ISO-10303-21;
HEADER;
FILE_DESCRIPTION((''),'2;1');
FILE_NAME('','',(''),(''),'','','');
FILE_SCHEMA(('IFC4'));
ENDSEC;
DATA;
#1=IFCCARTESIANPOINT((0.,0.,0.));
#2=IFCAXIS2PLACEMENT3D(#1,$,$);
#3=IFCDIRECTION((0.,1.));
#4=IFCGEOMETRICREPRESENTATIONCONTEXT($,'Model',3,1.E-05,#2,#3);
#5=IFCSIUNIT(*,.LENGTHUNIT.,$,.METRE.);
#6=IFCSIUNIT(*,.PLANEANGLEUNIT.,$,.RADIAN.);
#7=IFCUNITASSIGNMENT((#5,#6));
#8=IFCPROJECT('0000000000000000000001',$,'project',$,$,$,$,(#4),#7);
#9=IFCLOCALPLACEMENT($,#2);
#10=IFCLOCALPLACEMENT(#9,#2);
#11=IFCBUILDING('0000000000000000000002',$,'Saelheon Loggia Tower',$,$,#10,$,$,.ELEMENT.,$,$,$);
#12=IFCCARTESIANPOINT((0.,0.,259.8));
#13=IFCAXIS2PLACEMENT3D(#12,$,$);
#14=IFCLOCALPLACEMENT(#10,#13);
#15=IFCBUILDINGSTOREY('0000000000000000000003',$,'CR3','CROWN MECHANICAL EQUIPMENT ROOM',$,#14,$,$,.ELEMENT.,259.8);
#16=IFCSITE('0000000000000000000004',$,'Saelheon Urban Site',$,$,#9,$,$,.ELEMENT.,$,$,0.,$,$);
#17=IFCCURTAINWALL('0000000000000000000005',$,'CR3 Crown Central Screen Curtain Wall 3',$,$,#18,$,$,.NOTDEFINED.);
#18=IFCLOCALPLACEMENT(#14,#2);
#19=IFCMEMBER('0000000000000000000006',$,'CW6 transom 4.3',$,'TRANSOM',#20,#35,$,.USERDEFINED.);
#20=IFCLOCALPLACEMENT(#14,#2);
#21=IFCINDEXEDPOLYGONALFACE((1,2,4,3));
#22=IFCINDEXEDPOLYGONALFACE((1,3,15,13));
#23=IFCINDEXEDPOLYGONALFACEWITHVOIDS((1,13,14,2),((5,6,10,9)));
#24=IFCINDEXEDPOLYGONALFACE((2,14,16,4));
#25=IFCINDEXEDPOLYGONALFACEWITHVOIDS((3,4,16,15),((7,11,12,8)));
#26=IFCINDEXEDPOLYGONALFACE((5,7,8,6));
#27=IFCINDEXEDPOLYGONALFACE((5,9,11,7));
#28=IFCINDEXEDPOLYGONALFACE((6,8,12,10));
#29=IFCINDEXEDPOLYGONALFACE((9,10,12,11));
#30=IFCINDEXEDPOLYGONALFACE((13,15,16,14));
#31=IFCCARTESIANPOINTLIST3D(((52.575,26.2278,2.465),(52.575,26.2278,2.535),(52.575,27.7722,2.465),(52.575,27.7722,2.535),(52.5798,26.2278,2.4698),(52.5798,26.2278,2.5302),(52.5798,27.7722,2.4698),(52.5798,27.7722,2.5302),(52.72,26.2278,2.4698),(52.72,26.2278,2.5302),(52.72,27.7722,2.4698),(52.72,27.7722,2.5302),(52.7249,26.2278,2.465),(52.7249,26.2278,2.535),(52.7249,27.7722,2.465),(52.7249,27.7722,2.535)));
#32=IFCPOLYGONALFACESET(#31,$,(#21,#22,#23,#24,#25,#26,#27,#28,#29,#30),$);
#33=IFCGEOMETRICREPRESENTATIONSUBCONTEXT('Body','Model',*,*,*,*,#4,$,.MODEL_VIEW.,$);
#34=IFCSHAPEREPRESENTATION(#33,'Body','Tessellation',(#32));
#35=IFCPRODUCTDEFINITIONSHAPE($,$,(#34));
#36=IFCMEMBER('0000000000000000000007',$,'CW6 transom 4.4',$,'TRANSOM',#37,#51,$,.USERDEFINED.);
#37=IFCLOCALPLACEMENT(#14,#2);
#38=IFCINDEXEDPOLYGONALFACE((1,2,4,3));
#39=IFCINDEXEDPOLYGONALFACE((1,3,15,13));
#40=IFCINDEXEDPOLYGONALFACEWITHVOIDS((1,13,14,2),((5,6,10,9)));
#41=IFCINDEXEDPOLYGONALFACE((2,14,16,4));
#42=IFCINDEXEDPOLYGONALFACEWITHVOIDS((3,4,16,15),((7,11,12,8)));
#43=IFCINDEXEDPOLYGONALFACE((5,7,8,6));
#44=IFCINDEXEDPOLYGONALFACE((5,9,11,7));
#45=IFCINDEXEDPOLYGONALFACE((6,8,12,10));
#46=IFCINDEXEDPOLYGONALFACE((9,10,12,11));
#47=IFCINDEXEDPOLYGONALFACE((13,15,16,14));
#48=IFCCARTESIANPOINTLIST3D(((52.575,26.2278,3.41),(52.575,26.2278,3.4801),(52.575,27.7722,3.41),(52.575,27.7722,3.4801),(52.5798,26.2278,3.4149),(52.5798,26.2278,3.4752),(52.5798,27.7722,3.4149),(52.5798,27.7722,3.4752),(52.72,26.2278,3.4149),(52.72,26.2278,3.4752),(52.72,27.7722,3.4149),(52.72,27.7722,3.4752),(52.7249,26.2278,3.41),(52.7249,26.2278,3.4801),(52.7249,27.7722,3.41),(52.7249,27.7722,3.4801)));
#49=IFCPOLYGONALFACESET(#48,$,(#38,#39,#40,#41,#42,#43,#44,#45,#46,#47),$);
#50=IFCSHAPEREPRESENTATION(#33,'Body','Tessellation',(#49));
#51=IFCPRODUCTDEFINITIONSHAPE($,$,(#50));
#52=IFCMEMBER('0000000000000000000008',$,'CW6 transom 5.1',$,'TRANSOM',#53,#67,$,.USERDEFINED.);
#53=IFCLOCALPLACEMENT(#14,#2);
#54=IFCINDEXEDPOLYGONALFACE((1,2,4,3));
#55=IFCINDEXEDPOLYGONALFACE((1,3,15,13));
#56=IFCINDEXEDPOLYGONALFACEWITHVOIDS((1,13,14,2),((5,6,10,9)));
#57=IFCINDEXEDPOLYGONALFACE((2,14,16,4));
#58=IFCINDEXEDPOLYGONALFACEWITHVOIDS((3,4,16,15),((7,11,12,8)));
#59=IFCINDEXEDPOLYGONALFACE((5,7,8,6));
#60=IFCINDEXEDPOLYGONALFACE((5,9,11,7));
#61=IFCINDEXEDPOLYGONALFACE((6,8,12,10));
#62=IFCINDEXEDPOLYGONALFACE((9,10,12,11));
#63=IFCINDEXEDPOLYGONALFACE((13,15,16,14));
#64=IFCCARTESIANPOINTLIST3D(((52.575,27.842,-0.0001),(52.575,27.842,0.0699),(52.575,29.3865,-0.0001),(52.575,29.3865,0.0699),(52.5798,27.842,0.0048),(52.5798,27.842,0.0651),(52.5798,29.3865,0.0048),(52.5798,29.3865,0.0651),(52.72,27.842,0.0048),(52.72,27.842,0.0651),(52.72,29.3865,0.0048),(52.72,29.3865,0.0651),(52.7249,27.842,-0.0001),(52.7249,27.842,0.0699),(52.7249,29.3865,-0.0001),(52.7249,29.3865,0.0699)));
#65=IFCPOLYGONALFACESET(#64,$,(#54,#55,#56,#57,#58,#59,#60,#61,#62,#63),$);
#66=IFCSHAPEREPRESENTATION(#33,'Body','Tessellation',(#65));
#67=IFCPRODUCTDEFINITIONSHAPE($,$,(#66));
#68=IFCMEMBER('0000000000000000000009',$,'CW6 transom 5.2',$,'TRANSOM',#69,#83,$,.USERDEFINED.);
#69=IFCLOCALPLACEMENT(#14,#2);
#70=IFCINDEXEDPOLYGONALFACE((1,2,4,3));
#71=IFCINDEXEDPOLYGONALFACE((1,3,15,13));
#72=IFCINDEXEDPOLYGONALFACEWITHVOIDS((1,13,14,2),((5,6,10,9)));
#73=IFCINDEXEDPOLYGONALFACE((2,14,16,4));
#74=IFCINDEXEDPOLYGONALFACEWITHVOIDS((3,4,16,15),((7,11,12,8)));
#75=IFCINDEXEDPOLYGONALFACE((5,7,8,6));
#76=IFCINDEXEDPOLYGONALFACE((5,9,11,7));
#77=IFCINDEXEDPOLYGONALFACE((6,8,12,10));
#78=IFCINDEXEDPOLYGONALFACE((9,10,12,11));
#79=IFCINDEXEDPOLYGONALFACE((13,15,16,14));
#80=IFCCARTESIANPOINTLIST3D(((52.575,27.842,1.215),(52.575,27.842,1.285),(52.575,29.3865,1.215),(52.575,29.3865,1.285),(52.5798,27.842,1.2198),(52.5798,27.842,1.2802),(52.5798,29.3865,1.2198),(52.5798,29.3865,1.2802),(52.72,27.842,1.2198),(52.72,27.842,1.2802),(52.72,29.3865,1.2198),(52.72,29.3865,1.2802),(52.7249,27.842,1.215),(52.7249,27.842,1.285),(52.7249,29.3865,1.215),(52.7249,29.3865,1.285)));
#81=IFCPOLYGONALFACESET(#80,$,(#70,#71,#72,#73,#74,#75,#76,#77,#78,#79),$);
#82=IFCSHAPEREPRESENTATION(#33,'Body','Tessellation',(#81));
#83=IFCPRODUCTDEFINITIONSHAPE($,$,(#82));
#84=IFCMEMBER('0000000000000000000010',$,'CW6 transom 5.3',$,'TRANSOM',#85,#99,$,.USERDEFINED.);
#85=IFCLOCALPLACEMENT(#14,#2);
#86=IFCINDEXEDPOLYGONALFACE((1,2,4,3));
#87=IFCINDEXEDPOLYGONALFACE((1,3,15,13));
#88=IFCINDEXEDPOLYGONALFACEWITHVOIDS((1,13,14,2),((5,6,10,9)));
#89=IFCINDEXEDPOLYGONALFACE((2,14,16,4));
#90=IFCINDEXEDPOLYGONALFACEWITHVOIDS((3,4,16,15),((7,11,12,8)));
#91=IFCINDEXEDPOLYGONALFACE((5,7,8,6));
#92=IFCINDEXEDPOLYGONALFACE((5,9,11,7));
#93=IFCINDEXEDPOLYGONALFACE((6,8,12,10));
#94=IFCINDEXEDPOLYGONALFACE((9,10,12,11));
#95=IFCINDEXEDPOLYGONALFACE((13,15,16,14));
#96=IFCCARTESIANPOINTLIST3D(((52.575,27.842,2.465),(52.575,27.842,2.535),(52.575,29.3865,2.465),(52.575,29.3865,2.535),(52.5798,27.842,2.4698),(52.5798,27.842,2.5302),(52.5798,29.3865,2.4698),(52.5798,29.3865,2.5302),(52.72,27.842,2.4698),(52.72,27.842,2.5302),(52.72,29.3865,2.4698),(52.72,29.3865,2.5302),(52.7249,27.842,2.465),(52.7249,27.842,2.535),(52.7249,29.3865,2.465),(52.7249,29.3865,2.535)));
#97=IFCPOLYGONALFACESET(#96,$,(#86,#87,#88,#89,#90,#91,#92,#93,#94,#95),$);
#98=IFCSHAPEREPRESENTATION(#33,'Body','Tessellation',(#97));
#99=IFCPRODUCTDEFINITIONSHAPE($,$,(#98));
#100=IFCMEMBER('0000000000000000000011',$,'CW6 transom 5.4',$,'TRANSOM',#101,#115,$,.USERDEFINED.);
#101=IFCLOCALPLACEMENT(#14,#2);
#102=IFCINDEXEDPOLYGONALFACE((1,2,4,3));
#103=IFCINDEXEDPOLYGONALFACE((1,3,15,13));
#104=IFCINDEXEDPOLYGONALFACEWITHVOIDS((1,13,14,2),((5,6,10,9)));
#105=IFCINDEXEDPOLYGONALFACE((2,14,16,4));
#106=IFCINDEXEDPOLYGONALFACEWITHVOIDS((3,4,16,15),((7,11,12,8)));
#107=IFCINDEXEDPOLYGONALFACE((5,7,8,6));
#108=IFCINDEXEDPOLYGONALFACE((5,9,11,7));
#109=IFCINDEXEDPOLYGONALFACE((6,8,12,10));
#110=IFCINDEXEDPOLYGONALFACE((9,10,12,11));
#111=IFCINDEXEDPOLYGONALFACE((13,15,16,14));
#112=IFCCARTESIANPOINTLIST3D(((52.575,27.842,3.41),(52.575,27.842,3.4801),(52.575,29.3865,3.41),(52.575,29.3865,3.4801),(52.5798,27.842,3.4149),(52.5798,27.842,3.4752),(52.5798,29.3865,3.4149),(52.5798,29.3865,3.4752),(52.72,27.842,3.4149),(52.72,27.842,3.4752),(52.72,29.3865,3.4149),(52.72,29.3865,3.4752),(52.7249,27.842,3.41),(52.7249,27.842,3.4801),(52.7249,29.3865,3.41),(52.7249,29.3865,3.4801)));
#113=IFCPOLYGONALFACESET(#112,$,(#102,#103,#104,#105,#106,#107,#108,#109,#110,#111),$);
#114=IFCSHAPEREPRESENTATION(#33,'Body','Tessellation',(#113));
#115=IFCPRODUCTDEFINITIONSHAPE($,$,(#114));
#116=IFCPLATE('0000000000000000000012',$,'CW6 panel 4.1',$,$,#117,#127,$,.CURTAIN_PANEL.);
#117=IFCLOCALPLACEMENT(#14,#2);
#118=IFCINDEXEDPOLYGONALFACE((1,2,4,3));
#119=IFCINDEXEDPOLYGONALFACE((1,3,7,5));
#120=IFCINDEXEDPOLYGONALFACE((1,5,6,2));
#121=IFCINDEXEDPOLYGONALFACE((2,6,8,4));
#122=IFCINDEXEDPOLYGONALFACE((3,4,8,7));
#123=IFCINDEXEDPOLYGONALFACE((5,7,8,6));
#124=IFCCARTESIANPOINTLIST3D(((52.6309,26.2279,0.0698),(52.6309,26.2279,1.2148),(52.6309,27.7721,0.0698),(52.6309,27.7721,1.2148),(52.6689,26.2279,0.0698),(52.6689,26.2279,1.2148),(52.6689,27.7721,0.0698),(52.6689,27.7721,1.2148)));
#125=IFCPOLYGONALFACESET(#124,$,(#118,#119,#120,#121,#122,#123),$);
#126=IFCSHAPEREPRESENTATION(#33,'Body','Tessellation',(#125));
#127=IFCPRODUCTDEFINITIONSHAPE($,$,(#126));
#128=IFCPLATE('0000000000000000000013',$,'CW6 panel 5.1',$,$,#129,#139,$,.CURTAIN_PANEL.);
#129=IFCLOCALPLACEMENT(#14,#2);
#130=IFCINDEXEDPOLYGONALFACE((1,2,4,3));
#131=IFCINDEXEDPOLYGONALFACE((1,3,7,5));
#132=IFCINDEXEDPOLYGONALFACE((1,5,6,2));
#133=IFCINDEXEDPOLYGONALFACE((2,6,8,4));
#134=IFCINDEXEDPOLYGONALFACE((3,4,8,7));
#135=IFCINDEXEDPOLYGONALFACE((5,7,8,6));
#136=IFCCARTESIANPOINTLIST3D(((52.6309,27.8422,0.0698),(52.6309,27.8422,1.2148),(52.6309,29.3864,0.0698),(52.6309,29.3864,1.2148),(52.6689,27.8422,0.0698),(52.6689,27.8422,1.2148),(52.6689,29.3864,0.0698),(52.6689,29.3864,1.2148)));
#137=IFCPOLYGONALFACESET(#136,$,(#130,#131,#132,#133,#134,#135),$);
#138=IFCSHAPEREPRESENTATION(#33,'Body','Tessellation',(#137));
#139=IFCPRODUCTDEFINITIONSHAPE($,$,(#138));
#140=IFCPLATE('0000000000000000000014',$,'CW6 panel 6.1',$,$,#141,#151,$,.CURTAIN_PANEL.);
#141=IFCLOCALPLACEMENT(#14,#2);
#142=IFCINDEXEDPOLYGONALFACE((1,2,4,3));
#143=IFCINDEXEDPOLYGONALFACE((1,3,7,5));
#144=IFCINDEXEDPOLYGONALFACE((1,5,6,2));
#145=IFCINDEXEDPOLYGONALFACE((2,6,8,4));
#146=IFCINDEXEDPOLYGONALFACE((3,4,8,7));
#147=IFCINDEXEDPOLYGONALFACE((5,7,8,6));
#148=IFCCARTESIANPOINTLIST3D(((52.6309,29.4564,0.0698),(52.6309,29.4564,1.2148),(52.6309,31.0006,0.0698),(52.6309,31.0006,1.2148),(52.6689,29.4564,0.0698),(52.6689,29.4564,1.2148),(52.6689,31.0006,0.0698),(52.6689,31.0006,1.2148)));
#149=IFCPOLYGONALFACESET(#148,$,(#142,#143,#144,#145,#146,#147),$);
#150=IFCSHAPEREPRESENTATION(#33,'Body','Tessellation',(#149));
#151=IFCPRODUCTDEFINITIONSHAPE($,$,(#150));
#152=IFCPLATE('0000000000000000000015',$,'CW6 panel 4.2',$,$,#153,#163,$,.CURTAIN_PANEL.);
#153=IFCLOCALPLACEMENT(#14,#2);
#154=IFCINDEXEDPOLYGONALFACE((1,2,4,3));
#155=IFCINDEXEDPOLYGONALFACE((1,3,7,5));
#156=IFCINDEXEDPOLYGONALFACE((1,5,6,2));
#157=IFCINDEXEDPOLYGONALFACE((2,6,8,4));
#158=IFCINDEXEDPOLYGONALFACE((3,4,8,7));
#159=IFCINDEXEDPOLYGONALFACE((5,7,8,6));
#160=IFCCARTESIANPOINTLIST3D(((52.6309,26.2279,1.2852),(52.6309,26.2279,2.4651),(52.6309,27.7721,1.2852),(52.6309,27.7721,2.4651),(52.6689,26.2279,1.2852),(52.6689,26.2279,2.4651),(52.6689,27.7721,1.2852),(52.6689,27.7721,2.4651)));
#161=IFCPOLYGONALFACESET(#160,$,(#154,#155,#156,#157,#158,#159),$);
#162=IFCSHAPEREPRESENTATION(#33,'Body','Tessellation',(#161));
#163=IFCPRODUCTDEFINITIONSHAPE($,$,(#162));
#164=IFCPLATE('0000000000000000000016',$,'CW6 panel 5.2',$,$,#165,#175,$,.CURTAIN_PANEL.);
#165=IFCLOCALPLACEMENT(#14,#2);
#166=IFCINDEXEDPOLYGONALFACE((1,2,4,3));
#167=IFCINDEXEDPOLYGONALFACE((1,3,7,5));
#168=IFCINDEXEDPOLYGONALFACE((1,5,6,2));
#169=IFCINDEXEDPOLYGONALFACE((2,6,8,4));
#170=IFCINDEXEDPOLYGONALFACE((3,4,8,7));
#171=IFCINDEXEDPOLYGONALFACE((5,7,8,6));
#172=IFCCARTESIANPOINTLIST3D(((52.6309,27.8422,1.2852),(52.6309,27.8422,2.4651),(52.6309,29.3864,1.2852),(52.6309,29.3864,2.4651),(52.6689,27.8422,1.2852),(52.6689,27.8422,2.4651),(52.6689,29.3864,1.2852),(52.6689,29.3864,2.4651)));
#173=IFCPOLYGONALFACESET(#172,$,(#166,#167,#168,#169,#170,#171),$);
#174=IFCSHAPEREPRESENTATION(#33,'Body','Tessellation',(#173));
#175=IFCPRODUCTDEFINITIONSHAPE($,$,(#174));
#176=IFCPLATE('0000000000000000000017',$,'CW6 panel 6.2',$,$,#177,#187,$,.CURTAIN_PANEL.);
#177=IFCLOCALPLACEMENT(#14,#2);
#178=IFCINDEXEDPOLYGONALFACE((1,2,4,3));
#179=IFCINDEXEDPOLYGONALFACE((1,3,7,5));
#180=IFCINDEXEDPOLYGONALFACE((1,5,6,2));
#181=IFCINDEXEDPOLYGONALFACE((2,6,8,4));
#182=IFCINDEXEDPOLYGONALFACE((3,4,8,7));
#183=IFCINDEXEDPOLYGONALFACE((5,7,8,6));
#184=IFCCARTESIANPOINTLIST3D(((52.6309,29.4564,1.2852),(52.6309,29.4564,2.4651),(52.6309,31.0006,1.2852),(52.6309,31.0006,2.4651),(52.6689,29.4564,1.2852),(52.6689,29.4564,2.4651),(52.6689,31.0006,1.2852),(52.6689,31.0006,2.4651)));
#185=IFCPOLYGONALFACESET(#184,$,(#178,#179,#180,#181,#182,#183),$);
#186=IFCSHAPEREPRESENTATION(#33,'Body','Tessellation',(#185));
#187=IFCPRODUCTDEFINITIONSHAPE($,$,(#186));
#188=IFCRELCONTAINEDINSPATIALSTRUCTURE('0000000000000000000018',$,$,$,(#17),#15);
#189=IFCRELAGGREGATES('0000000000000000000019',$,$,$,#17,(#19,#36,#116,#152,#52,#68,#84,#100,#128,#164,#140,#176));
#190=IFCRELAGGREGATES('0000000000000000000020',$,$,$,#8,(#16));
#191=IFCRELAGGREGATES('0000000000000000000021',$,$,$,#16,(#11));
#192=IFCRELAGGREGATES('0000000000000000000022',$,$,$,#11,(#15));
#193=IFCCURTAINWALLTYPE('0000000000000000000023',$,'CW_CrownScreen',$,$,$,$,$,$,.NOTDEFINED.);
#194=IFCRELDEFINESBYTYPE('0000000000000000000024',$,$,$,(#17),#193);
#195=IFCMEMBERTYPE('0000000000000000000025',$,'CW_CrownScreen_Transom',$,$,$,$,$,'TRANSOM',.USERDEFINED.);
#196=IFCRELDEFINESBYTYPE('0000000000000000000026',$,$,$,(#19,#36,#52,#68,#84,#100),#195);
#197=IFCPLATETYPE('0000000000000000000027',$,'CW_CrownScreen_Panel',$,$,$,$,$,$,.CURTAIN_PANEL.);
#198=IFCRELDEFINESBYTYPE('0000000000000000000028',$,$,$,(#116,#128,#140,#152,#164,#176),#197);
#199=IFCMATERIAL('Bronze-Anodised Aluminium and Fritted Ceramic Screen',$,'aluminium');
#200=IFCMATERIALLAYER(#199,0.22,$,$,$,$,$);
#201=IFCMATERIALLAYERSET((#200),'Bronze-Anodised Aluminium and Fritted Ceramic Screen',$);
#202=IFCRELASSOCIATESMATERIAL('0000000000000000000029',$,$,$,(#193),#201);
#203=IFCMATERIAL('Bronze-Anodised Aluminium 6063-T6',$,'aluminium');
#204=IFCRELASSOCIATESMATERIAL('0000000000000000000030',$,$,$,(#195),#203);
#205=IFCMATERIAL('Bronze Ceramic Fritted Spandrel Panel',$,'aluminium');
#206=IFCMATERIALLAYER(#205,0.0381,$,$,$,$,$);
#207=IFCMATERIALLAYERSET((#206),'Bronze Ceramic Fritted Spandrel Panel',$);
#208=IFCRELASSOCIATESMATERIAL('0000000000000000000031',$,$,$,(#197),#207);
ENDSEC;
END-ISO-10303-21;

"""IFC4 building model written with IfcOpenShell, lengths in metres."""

from ifc_helpers import new_model, si_unit, direction, frame, origin, origin_2d, place, context, subcontext, project, spatial, rectangle, hollow_rectangle, extrude, source, transform, mapped, material, layer, layer_set, material_profile, profile_set, type_object, element, aggregate, save


model = new_model("IFC4")

# Units and contexts
model_context = context("Model", 3, precision=1e-05, world=origin(), true_north=direction((0.0, 1.0)))
body_context = subcontext(model_context, "Body", "Model", "MODEL_VIEW")
ifc_project = project(units=[si_unit("LENGTHUNIT", "METRE"), si_unit("PLANEANGLEUNIT", "RADIAN")], contexts=[model_context])

# Site, building, storey
site_placement = place(None, origin())
site = spatial("IfcSite", under=ifc_project, at=site_placement, Name="Saelheon Urban Site", CompositionType="ELEMENT", RefElevation=0.0)
building_placement = place(site_placement, origin())
building = spatial("IfcBuilding", under=site, at=building_placement, Name="Saelheon Loggia Tower", CompositionType="ELEMENT")
storey_placement = place(building_placement, frame((0.0, 0.0, 259.8)))
storey = spatial("IfcBuildingStorey", under=building, at=storey_placement, Name="CR3", Description="CROWN MECHANICAL EQUIPMENT ROOM", CompositionType="ELEMENT", Elevation=259.8)

# Curtain wall, members, plates
ifc_material_1 = material(Name="Bronze-Anodised Aluminium and Fritted Ceramic Screen", Category="aluminium")
ifc_layer_1 = layer(ifc_material_1, 0.22)
ifc_layer_set_1 = layer_set([ifc_layer_1], Name="Bronze-Anodised Aluminium and Fritted Ceramic Screen")
curtain_wall_type = type_object("IfcCurtainWallType", Name="CW_CrownScreen", PredefinedType="NOTDEFINED", material=ifc_layer_set_1)
curtain_wall_placement = place(storey_placement, origin())
curtain_wall = element("IfcCurtainWall", 1, at=curtain_wall_placement, inside=storey, type_object=curtain_wall_type, Name="CR3 Crown Central Screen Curtain Wall 3", PredefinedType="NOTDEFINED")
ifc_material_2 = material(Name="Bronze-Anodised Aluminium 6063-T6", Category="aluminium")
ifc_material_profile_1 = material_profile(ifc_material_2, hollow_rectangle(XDim=0.0701, YDim=0.1499, WallThickness=0.0049, at=origin_2d()), Name="RHS-150x70x5")
ifc_profile_set_1 = profile_set([ifc_material_profile_1], Name="Bronze-Anodised Aluminium 6063-T6")
member_type_1 = type_object("IfcMemberType", Name="CW_CrownScreen_Transom", ElementType="TRANSOM", PredefinedType="USERDEFINED", material=ifc_profile_set_1)
shared_shape_1 = source(origin(), body_context, "Body", "SweptSolid", [
    extrude(hollow_rectangle(XDim=0.0701, YDim=0.1499, WallThickness=0.0049, at=origin_2d()), origin(), (0.0, 0.0, 1.0), 1.5444),
])
member_1_placement = place(storey_placement, frame((52.6499, 26.2278, 2.5), z_axis=(0.0, 1.0, 0.0), x_axis=(0.0, 0.0, 1.0)))
member_1 = element("IfcMember", 2, at=member_1_placement, type_object=member_type_1, Name="CW6 transom 4.3", ObjectType="TRANSOM", PredefinedType="USERDEFINED", context=body_context, shape_type="MappedRepresentation", body=[
    mapped(shared_shape_1, transform((0.0, 0.0, 0.0), scale=1.0)),
])
member_2_placement = place(storey_placement, frame((52.6499, 26.2278, 3.4451), z_axis=(0.0, 1.0, 0.0), x_axis=(0.0, 0.0, 1.0)))
member_2 = element("IfcMember", 3, at=member_2_placement, type_object=member_type_1, Name="CW6 transom 4.4", ObjectType="TRANSOM", PredefinedType="USERDEFINED", context=body_context, shape_type="MappedRepresentation", body=[
    mapped(shared_shape_1, transform((0.0, 0.0, 0.0), scale=1.0)),
])
member_3_placement = place(storey_placement, frame((52.6499, 27.842, 0.0349), z_axis=(0.0, 1.0, 0.0), x_axis=(0.0, 0.0, 1.0)))
member_3 = element("IfcMember", 4, at=member_3_placement, type_object=member_type_1, Name="CW6 transom 5.1", ObjectType="TRANSOM", PredefinedType="USERDEFINED", context=body_context, shape_type="MappedRepresentation", body=[
    mapped(shared_shape_1, transform((0.0, 0.0, 0.0), scale=1.0)),
])
member_4_placement = place(storey_placement, frame((52.6499, 27.842, 1.25), z_axis=(0.0, 1.0, 0.0), x_axis=(0.0, 0.0, 1.0)))
member_4 = element("IfcMember", 5, at=member_4_placement, type_object=member_type_1, Name="CW6 transom 5.2", ObjectType="TRANSOM", PredefinedType="USERDEFINED", context=body_context, shape_type="MappedRepresentation", body=[
    mapped(shared_shape_1, transform((0.0, 0.0, 0.0), scale=1.0)),
])
member_5_placement = place(storey_placement, frame((52.6499, 27.842, 2.5), z_axis=(0.0, 1.0, 0.0), x_axis=(0.0, 0.0, 1.0)))
member_5 = element("IfcMember", 6, at=member_5_placement, type_object=member_type_1, Name="CW6 transom 5.3", ObjectType="TRANSOM", PredefinedType="USERDEFINED", context=body_context, shape_type="MappedRepresentation", body=[
    mapped(shared_shape_1, transform((0.0, 0.0, 0.0), scale=1.0)),
])
member_6_placement = place(storey_placement, frame((52.6499, 27.842, 3.4451), z_axis=(0.0, 1.0, 0.0), x_axis=(0.0, 0.0, 1.0)))
member_6 = element("IfcMember", 7, at=member_6_placement, type_object=member_type_1, Name="CW6 transom 5.4", ObjectType="TRANSOM", PredefinedType="USERDEFINED", context=body_context, shape_type="MappedRepresentation", body=[
    mapped(shared_shape_1, transform((0.0, 0.0, 0.0), scale=1.0)),
])
ifc_material_3 = material(Name="Bronze Ceramic Fritted Spandrel Panel", Category="aluminium")
ifc_layer_2 = layer(ifc_material_3, 0.0381)
ifc_layer_set_2 = layer_set([ifc_layer_2], Name="Bronze Ceramic Fritted Spandrel Panel")
plate_type = type_object("IfcPlateType", Name="CW_CrownScreen_Panel", PredefinedType="CURTAIN_PANEL", material=ifc_layer_set_2)
shared_shape_2 = source(origin(), body_context, "Body", "SweptSolid", [
    extrude(rectangle(XDim=1.5442, YDim=0.0381, at=origin_2d()), origin(), (0.0, 0.0, 1.0), 1.145),
])
plate_1_placement = place(storey_placement, frame((52.6499, 27.0, 0.0698), z_axis=(0.0, 0.0, 1.0), x_axis=(0.0, 1.0, 0.0)))
plate_1 = element("IfcPlate", 8, at=plate_1_placement, type_object=plate_type, Name="CW6 panel 4.1", PredefinedType="CURTAIN_PANEL", context=body_context, shape_type="MappedRepresentation", body=[
    mapped(shared_shape_2, transform((0.0, 0.0, 0.0), scale=1.0)),
])
plate_2_placement = place(storey_placement, frame((52.6499, 28.6143, 0.0698), z_axis=(0.0, 0.0, 1.0), x_axis=(0.0, 1.0, 0.0)))
plate_2 = element("IfcPlate", 9, at=plate_2_placement, type_object=plate_type, Name="CW6 panel 5.1", PredefinedType="CURTAIN_PANEL", context=body_context, shape_type="MappedRepresentation", body=[
    mapped(shared_shape_2, transform((0.0, 0.0, 0.0), scale=1.0)),
])
plate_3_placement = place(storey_placement, frame((52.6499, 30.2285, 0.0698), z_axis=(0.0, 0.0, 1.0), x_axis=(0.0, 1.0, 0.0)))
plate_3 = element("IfcPlate", 10, at=plate_3_placement, type_object=plate_type, Name="CW6 panel 6.1", PredefinedType="CURTAIN_PANEL", context=body_context, shape_type="MappedRepresentation", body=[
    mapped(shared_shape_2, transform((0.0, 0.0, 0.0), scale=1.0)),
])
shared_shape_3 = source(origin(), body_context, "Body", "SweptSolid", [
    extrude(rectangle(XDim=1.5442, YDim=0.0381, at=origin_2d()), origin(), (0.0, 0.0, 1.0), 1.1799),
])
plate_4_placement = place(storey_placement, frame((52.6499, 27.0, 1.2852), z_axis=(0.0, 0.0, 1.0), x_axis=(0.0, 1.0, 0.0)))
plate_4 = element("IfcPlate", 11, at=plate_4_placement, type_object=plate_type, Name="CW6 panel 4.2", PredefinedType="CURTAIN_PANEL", context=body_context, shape_type="MappedRepresentation", body=[
    mapped(shared_shape_3, transform((0.0, 0.0, 0.0), scale=1.0)),
])
plate_5_placement = place(storey_placement, frame((52.6499, 28.6143, 1.2852), z_axis=(0.0, 0.0, 1.0), x_axis=(0.0, 1.0, 0.0)))
plate_5 = element("IfcPlate", 12, at=plate_5_placement, type_object=plate_type, Name="CW6 panel 5.2", PredefinedType="CURTAIN_PANEL", context=body_context, shape_type="MappedRepresentation", body=[
    mapped(shared_shape_3, transform((0.0, 0.0, 0.0), scale=1.0)),
])
plate_6_placement = place(storey_placement, frame((52.6499, 30.2285, 1.2852), z_axis=(0.0, 0.0, 1.0), x_axis=(0.0, 1.0, 0.0)))
plate_6 = element("IfcPlate", 13, at=plate_6_placement, type_object=plate_type, Name="CW6 panel 6.2", PredefinedType="CURTAIN_PANEL", context=body_context, shape_type="MappedRepresentation", body=[
    mapped(shared_shape_3, transform((0.0, 0.0, 0.0), scale=1.0)),
])
aggregate(curtain_wall, [member_1, member_2, plate_1, plate_4, member_3, member_4, member_5, member_6, plate_2, plate_5, plate_3, plate_6])

save(model, "model.ifc")
